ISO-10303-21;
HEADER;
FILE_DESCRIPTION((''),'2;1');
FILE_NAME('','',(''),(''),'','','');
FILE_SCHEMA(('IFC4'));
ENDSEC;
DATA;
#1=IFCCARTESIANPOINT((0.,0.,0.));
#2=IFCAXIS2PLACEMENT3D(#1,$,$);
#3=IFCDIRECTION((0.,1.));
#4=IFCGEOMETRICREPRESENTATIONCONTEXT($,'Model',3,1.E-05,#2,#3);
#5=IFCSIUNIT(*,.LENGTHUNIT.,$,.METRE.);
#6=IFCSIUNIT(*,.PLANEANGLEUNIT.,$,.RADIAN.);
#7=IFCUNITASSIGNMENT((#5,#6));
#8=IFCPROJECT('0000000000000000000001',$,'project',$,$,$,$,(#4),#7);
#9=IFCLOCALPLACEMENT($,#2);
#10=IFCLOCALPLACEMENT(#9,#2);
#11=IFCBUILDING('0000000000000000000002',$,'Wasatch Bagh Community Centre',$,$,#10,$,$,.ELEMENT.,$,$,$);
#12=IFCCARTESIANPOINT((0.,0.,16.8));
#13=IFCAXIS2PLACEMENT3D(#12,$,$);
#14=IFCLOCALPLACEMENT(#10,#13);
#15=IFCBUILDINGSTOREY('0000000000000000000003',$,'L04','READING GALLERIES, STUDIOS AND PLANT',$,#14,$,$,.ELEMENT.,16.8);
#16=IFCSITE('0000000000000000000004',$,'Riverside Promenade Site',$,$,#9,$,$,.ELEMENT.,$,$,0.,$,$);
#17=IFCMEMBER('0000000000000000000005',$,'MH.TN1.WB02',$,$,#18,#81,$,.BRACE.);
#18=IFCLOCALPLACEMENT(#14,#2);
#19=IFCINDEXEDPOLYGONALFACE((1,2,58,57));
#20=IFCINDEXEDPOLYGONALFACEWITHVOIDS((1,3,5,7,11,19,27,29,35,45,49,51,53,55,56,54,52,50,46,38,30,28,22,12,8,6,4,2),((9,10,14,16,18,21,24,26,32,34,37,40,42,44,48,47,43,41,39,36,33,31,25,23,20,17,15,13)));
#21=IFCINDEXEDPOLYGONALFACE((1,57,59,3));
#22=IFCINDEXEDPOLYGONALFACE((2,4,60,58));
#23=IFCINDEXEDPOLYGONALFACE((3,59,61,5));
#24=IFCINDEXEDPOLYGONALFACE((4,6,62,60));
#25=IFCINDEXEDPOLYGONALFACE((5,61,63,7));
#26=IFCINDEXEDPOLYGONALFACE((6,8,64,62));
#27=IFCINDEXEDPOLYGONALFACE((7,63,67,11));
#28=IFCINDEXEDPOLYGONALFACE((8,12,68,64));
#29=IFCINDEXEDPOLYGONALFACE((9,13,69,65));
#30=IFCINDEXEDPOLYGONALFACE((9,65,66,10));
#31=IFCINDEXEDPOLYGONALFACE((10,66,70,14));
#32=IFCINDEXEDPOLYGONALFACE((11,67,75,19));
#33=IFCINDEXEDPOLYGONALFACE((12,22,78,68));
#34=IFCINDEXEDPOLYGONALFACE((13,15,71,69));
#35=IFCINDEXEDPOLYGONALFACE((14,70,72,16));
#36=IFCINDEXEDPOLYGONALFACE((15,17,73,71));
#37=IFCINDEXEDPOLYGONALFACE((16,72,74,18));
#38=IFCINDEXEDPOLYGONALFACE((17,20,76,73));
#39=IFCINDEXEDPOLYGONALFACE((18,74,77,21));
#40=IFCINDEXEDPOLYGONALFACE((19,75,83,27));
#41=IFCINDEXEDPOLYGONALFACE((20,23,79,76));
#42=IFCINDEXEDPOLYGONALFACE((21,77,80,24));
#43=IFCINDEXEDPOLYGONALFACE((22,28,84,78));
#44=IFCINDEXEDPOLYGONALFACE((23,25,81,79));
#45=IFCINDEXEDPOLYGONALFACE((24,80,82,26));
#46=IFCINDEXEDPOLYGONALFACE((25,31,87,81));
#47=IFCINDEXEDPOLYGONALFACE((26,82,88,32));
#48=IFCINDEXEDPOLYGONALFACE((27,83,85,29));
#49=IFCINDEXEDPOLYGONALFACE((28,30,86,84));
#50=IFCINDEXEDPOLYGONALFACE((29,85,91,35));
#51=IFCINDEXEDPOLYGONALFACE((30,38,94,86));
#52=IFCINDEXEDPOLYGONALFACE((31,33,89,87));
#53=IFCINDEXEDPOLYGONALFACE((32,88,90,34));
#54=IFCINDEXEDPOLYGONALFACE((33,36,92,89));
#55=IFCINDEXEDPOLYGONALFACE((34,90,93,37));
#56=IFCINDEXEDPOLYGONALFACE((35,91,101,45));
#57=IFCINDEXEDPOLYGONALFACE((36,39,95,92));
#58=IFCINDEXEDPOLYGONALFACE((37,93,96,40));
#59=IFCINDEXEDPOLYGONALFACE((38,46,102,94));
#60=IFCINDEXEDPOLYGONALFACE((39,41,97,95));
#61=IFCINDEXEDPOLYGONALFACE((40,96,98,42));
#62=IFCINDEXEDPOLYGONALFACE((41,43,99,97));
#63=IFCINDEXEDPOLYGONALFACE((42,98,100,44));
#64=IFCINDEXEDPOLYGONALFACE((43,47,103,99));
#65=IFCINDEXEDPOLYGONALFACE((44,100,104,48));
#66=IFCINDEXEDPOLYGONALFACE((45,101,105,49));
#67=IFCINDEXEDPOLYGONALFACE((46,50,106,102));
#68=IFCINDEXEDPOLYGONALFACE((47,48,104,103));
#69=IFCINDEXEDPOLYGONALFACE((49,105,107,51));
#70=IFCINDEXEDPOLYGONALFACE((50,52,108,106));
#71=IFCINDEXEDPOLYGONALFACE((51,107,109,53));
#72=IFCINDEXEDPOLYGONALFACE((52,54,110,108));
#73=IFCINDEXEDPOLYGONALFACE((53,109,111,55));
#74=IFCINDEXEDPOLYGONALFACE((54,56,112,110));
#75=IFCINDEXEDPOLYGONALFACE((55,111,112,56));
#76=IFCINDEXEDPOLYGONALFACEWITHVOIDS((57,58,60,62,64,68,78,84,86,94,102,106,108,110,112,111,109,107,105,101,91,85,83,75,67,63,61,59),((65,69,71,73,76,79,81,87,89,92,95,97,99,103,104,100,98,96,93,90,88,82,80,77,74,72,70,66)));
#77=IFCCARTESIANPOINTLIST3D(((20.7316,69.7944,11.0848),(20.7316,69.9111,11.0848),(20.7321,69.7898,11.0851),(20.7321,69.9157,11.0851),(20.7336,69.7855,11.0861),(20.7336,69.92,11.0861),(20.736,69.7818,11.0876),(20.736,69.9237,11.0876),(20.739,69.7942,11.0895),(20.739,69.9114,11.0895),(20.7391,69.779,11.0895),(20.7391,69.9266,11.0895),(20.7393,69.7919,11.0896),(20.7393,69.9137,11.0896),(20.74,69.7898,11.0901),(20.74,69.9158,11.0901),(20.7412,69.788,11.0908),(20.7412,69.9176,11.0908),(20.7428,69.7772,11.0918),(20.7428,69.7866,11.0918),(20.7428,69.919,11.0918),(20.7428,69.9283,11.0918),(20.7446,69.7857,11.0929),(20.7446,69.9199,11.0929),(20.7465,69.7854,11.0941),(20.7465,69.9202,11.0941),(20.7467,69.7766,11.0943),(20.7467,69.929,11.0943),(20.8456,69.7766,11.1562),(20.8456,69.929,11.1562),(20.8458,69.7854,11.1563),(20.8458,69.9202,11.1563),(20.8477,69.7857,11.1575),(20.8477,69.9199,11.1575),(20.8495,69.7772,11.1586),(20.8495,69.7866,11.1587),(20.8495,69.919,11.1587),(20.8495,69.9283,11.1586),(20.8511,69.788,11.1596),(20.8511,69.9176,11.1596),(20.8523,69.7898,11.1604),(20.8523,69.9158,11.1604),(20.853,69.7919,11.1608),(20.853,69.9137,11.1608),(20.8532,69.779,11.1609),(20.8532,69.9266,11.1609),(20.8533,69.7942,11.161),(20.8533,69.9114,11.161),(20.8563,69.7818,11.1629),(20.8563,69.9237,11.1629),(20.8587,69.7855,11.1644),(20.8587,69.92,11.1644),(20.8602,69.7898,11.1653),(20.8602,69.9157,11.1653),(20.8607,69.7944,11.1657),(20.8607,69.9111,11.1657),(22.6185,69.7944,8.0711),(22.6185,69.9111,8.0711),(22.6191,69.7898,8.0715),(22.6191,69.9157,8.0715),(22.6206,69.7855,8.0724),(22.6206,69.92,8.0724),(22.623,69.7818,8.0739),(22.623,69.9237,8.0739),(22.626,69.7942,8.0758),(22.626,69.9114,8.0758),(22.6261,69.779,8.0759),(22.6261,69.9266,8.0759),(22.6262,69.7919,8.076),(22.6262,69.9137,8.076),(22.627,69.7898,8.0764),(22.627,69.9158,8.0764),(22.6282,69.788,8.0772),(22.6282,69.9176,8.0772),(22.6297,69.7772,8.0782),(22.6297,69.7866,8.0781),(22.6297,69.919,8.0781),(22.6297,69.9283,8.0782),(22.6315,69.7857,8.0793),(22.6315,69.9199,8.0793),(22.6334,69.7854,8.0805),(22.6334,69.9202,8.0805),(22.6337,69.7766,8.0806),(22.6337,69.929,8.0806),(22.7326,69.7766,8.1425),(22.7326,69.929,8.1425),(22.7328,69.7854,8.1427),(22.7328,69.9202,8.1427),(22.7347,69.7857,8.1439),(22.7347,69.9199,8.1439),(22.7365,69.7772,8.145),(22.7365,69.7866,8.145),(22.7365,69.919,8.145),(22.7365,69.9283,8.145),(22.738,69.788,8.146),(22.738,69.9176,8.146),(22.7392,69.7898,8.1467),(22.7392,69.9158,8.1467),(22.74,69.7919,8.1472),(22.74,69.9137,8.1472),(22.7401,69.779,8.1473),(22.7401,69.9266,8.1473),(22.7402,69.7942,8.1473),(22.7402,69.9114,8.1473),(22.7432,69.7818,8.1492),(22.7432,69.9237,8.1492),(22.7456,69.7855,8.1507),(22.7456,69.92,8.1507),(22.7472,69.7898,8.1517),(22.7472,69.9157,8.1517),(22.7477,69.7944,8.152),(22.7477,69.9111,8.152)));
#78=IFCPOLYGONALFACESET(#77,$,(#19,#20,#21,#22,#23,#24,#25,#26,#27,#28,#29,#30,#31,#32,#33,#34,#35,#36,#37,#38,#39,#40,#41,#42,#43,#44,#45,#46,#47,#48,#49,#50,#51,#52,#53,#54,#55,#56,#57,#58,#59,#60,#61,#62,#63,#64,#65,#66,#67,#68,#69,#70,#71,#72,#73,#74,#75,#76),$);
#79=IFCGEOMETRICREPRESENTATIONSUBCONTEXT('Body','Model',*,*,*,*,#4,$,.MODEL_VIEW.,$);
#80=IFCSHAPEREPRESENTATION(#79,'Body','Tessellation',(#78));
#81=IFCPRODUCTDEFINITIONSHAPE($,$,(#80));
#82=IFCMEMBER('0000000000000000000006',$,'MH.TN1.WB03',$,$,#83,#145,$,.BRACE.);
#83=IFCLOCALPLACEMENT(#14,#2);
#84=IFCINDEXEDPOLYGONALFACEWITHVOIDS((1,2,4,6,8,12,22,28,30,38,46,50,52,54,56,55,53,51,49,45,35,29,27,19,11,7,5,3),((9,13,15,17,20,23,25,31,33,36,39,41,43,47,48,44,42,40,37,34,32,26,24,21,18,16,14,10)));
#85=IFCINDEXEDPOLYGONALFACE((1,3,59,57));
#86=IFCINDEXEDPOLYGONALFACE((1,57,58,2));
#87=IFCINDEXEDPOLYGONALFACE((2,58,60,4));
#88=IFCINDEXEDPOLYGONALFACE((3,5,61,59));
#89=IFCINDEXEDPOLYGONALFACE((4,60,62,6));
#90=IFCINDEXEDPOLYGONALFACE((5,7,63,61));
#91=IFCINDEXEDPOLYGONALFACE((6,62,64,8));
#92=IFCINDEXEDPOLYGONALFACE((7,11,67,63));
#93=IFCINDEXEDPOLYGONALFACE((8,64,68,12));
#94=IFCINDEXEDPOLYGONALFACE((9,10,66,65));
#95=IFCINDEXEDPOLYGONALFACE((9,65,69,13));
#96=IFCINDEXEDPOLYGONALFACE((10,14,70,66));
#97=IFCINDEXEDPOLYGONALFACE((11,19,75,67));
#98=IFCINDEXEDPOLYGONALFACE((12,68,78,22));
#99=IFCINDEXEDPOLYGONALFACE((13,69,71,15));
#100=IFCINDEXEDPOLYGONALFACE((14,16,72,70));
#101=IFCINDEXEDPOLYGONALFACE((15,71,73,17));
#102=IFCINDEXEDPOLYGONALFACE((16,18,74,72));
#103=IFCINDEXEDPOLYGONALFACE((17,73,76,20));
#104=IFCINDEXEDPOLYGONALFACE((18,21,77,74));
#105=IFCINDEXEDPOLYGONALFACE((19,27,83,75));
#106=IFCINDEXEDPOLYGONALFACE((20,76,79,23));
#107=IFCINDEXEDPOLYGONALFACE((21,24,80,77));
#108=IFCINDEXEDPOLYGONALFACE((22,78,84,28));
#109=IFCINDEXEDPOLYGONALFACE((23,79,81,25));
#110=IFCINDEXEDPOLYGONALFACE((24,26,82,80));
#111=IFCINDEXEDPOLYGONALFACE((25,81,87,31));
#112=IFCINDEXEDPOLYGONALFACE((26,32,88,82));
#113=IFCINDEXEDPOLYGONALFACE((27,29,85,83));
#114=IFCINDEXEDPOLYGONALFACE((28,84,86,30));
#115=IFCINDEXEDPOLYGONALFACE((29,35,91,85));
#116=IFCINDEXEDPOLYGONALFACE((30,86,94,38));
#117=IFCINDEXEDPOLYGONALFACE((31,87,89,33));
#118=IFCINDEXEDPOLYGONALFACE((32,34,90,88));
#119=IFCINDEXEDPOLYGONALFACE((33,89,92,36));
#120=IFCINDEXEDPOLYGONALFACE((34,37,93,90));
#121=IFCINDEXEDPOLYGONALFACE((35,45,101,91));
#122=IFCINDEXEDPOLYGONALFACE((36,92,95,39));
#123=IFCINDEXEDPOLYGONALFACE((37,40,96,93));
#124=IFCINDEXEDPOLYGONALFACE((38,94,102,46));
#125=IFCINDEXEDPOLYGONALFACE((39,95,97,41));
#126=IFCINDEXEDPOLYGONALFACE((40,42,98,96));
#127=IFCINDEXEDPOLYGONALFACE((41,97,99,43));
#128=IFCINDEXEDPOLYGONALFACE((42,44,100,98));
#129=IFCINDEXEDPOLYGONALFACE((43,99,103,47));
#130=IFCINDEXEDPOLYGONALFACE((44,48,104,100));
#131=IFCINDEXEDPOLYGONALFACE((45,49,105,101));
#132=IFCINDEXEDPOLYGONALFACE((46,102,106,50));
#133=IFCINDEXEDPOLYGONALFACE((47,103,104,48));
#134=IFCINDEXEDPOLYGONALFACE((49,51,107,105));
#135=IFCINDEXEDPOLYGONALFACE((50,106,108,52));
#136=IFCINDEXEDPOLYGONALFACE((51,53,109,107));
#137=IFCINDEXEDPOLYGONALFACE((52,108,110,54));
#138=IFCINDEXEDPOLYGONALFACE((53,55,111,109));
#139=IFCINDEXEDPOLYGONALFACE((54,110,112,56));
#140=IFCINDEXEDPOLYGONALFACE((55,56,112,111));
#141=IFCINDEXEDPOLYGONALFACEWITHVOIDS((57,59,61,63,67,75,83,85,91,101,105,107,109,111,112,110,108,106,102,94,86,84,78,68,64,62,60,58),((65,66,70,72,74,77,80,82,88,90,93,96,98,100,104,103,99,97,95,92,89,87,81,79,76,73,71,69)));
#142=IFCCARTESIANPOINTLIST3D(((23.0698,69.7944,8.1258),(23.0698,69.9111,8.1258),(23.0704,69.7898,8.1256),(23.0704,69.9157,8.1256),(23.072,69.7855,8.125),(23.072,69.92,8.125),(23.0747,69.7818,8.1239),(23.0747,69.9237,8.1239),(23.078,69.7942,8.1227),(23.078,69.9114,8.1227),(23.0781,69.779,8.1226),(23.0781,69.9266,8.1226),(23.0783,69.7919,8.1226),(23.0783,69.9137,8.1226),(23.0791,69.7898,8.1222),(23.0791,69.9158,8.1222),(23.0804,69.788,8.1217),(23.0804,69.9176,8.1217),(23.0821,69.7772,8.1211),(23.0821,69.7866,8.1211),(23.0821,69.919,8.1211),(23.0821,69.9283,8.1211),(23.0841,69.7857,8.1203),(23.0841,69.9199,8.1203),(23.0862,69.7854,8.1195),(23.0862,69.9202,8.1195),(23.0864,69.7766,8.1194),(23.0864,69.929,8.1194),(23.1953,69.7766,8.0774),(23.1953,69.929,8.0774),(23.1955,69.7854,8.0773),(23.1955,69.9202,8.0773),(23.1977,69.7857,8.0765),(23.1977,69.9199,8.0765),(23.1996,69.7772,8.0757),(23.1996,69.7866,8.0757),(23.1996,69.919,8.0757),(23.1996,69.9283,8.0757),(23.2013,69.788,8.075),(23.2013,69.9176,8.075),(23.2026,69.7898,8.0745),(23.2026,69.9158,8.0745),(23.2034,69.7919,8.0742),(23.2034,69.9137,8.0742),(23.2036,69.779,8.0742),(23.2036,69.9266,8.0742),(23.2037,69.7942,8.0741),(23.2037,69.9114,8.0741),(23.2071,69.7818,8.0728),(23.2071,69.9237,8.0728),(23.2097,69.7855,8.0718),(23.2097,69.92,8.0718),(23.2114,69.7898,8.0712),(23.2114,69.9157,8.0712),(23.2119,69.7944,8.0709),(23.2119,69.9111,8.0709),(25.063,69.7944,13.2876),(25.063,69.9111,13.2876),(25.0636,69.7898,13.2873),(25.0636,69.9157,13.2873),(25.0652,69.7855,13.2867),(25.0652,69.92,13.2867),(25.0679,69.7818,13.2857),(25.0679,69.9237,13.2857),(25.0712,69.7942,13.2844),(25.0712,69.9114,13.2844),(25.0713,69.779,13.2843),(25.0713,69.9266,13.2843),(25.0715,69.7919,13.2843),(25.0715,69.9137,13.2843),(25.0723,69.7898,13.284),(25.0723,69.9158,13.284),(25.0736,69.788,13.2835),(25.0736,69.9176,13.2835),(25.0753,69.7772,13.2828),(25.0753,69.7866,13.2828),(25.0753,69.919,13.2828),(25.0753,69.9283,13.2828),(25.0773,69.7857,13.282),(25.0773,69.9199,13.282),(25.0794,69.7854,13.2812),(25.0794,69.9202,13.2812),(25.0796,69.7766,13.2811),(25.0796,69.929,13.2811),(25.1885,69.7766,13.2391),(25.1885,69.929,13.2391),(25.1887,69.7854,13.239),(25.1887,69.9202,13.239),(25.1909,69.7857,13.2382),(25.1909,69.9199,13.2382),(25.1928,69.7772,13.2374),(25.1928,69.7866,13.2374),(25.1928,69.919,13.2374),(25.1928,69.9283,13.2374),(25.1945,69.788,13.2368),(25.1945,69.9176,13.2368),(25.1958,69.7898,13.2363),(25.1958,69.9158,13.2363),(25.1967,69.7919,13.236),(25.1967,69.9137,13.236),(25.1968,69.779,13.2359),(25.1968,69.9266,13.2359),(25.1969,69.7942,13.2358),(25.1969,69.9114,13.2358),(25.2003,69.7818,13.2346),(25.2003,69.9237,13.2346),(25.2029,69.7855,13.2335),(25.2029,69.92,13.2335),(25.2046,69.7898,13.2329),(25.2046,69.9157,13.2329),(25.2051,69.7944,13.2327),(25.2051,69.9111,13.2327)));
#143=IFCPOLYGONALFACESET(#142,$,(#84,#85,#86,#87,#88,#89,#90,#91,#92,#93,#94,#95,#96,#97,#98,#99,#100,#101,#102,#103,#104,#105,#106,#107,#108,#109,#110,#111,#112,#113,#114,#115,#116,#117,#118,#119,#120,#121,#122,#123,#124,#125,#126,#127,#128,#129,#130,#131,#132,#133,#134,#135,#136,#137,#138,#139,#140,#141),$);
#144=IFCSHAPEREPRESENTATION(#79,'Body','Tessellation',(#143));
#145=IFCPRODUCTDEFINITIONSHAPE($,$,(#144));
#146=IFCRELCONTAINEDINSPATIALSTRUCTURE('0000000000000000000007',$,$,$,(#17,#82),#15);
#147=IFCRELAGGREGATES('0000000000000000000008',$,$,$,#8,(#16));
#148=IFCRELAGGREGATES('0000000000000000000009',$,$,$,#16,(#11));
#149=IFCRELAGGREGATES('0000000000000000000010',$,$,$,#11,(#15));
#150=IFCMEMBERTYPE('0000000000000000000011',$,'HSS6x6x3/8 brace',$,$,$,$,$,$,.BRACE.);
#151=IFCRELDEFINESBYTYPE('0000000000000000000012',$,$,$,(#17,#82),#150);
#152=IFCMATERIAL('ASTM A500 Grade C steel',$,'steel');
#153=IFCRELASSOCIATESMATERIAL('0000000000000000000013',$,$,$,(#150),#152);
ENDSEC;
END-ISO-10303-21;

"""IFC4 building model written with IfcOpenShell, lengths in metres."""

from ifc_helpers import new_model, si_unit, direction, frame, origin, origin_2d, place, context, subcontext, project, spatial, hollow_rectangle, extrude, material, material_profile, profile_set, type_object, element, save


model = new_model("IFC4")

# Units and contexts
model_context = context("Model", 3, precision=1e-05, world=origin(), true_north=direction((0.0, 1.0)))
body_context = subcontext(model_context, "Body", "Model", "MODEL_VIEW")
ifc_project = project(units=[si_unit("LENGTHUNIT", "METRE"), si_unit("PLANEANGLEUNIT", "RADIAN")], contexts=[model_context])

# Site, building, storey
site_placement = place(None, origin())
site = spatial("IfcSite", under=ifc_project, at=site_placement, Name="Riverside Promenade Site", CompositionType="ELEMENT", RefElevation=0.0)
building_placement = place(site_placement, origin())
building = spatial("IfcBuilding", under=site, at=building_placement, Name="Wasatch Bagh Community Centre", CompositionType="ELEMENT")
storey_placement = place(building_placement, frame((0.0, 0.0, 16.8)))
storey = spatial("IfcBuildingStorey", under=building, at=storey_placement, Name="L04", Description="READING GALLERIES, STUDIOS AND PLANT", CompositionType="ELEMENT", Elevation=16.8)

# Members
ifc_material_1 = material(Name="ASTM A500 Grade C steel", Category="steel")
ifc_material_profile_1 = material_profile(ifc_material_1, hollow_rectangle(XDim=0.1523, YDim=0.1523, WallThickness=0.0088, InnerFilletRadius=0.0088, OuterFilletRadius=0.0178, at=origin_2d()), Name="HSS6x6x3/8")
ifc_profile_set_1 = profile_set([ifc_material_profile_1], Name="ASTM A500 Grade C steel")
member_type_1 = type_object("IfcMemberType", Name="HSS6x6x3/8 brace", PredefinedType="BRACE", material=ifc_profile_set_1)
member_1_placement = place(storey_placement, frame((22.6831, 69.8528, 8.1116), z_axis=(-0.53069, 0.0, 0.847566), x_axis=(0.0, -1.0, 0.0)))
element("IfcMember", 1, at=member_1_placement, inside=storey, type_object=member_type_1, Name="MH.TN1.WB02", PredefinedType="BRACE", context=body_context, shape_type="SweptSolid", body=[
    extrude(hollow_rectangle(XDim=0.1523, YDim=0.1523, WallThickness=0.0088, InnerFilletRadius=0.0088, OuterFilletRadius=0.0178, at=origin_2d()), origin(), (0.0, 0.0, 1.0), 3.5557),
])
member_2_placement = place(storey_placement, frame((23.1409, 69.8528, 8.0984), z_axis=(0.360227, 0.0, 0.932865), x_axis=(0.0, 1.0, 0.0)))
element("IfcMember", 2, at=member_2_placement, inside=storey, type_object=member_type_1, Name="MH.TN1.WB03", PredefinedType="BRACE", context=body_context, shape_type="SweptSolid", body=[
    extrude(hollow_rectangle(XDim=0.1523, YDim=0.1523, WallThickness=0.0088, InnerFilletRadius=0.0088, OuterFilletRadius=0.0178, at=origin_2d()), origin(), (0.0, 0.0, 1.0), 5.5332),
])

save(model, "model.ifc")
